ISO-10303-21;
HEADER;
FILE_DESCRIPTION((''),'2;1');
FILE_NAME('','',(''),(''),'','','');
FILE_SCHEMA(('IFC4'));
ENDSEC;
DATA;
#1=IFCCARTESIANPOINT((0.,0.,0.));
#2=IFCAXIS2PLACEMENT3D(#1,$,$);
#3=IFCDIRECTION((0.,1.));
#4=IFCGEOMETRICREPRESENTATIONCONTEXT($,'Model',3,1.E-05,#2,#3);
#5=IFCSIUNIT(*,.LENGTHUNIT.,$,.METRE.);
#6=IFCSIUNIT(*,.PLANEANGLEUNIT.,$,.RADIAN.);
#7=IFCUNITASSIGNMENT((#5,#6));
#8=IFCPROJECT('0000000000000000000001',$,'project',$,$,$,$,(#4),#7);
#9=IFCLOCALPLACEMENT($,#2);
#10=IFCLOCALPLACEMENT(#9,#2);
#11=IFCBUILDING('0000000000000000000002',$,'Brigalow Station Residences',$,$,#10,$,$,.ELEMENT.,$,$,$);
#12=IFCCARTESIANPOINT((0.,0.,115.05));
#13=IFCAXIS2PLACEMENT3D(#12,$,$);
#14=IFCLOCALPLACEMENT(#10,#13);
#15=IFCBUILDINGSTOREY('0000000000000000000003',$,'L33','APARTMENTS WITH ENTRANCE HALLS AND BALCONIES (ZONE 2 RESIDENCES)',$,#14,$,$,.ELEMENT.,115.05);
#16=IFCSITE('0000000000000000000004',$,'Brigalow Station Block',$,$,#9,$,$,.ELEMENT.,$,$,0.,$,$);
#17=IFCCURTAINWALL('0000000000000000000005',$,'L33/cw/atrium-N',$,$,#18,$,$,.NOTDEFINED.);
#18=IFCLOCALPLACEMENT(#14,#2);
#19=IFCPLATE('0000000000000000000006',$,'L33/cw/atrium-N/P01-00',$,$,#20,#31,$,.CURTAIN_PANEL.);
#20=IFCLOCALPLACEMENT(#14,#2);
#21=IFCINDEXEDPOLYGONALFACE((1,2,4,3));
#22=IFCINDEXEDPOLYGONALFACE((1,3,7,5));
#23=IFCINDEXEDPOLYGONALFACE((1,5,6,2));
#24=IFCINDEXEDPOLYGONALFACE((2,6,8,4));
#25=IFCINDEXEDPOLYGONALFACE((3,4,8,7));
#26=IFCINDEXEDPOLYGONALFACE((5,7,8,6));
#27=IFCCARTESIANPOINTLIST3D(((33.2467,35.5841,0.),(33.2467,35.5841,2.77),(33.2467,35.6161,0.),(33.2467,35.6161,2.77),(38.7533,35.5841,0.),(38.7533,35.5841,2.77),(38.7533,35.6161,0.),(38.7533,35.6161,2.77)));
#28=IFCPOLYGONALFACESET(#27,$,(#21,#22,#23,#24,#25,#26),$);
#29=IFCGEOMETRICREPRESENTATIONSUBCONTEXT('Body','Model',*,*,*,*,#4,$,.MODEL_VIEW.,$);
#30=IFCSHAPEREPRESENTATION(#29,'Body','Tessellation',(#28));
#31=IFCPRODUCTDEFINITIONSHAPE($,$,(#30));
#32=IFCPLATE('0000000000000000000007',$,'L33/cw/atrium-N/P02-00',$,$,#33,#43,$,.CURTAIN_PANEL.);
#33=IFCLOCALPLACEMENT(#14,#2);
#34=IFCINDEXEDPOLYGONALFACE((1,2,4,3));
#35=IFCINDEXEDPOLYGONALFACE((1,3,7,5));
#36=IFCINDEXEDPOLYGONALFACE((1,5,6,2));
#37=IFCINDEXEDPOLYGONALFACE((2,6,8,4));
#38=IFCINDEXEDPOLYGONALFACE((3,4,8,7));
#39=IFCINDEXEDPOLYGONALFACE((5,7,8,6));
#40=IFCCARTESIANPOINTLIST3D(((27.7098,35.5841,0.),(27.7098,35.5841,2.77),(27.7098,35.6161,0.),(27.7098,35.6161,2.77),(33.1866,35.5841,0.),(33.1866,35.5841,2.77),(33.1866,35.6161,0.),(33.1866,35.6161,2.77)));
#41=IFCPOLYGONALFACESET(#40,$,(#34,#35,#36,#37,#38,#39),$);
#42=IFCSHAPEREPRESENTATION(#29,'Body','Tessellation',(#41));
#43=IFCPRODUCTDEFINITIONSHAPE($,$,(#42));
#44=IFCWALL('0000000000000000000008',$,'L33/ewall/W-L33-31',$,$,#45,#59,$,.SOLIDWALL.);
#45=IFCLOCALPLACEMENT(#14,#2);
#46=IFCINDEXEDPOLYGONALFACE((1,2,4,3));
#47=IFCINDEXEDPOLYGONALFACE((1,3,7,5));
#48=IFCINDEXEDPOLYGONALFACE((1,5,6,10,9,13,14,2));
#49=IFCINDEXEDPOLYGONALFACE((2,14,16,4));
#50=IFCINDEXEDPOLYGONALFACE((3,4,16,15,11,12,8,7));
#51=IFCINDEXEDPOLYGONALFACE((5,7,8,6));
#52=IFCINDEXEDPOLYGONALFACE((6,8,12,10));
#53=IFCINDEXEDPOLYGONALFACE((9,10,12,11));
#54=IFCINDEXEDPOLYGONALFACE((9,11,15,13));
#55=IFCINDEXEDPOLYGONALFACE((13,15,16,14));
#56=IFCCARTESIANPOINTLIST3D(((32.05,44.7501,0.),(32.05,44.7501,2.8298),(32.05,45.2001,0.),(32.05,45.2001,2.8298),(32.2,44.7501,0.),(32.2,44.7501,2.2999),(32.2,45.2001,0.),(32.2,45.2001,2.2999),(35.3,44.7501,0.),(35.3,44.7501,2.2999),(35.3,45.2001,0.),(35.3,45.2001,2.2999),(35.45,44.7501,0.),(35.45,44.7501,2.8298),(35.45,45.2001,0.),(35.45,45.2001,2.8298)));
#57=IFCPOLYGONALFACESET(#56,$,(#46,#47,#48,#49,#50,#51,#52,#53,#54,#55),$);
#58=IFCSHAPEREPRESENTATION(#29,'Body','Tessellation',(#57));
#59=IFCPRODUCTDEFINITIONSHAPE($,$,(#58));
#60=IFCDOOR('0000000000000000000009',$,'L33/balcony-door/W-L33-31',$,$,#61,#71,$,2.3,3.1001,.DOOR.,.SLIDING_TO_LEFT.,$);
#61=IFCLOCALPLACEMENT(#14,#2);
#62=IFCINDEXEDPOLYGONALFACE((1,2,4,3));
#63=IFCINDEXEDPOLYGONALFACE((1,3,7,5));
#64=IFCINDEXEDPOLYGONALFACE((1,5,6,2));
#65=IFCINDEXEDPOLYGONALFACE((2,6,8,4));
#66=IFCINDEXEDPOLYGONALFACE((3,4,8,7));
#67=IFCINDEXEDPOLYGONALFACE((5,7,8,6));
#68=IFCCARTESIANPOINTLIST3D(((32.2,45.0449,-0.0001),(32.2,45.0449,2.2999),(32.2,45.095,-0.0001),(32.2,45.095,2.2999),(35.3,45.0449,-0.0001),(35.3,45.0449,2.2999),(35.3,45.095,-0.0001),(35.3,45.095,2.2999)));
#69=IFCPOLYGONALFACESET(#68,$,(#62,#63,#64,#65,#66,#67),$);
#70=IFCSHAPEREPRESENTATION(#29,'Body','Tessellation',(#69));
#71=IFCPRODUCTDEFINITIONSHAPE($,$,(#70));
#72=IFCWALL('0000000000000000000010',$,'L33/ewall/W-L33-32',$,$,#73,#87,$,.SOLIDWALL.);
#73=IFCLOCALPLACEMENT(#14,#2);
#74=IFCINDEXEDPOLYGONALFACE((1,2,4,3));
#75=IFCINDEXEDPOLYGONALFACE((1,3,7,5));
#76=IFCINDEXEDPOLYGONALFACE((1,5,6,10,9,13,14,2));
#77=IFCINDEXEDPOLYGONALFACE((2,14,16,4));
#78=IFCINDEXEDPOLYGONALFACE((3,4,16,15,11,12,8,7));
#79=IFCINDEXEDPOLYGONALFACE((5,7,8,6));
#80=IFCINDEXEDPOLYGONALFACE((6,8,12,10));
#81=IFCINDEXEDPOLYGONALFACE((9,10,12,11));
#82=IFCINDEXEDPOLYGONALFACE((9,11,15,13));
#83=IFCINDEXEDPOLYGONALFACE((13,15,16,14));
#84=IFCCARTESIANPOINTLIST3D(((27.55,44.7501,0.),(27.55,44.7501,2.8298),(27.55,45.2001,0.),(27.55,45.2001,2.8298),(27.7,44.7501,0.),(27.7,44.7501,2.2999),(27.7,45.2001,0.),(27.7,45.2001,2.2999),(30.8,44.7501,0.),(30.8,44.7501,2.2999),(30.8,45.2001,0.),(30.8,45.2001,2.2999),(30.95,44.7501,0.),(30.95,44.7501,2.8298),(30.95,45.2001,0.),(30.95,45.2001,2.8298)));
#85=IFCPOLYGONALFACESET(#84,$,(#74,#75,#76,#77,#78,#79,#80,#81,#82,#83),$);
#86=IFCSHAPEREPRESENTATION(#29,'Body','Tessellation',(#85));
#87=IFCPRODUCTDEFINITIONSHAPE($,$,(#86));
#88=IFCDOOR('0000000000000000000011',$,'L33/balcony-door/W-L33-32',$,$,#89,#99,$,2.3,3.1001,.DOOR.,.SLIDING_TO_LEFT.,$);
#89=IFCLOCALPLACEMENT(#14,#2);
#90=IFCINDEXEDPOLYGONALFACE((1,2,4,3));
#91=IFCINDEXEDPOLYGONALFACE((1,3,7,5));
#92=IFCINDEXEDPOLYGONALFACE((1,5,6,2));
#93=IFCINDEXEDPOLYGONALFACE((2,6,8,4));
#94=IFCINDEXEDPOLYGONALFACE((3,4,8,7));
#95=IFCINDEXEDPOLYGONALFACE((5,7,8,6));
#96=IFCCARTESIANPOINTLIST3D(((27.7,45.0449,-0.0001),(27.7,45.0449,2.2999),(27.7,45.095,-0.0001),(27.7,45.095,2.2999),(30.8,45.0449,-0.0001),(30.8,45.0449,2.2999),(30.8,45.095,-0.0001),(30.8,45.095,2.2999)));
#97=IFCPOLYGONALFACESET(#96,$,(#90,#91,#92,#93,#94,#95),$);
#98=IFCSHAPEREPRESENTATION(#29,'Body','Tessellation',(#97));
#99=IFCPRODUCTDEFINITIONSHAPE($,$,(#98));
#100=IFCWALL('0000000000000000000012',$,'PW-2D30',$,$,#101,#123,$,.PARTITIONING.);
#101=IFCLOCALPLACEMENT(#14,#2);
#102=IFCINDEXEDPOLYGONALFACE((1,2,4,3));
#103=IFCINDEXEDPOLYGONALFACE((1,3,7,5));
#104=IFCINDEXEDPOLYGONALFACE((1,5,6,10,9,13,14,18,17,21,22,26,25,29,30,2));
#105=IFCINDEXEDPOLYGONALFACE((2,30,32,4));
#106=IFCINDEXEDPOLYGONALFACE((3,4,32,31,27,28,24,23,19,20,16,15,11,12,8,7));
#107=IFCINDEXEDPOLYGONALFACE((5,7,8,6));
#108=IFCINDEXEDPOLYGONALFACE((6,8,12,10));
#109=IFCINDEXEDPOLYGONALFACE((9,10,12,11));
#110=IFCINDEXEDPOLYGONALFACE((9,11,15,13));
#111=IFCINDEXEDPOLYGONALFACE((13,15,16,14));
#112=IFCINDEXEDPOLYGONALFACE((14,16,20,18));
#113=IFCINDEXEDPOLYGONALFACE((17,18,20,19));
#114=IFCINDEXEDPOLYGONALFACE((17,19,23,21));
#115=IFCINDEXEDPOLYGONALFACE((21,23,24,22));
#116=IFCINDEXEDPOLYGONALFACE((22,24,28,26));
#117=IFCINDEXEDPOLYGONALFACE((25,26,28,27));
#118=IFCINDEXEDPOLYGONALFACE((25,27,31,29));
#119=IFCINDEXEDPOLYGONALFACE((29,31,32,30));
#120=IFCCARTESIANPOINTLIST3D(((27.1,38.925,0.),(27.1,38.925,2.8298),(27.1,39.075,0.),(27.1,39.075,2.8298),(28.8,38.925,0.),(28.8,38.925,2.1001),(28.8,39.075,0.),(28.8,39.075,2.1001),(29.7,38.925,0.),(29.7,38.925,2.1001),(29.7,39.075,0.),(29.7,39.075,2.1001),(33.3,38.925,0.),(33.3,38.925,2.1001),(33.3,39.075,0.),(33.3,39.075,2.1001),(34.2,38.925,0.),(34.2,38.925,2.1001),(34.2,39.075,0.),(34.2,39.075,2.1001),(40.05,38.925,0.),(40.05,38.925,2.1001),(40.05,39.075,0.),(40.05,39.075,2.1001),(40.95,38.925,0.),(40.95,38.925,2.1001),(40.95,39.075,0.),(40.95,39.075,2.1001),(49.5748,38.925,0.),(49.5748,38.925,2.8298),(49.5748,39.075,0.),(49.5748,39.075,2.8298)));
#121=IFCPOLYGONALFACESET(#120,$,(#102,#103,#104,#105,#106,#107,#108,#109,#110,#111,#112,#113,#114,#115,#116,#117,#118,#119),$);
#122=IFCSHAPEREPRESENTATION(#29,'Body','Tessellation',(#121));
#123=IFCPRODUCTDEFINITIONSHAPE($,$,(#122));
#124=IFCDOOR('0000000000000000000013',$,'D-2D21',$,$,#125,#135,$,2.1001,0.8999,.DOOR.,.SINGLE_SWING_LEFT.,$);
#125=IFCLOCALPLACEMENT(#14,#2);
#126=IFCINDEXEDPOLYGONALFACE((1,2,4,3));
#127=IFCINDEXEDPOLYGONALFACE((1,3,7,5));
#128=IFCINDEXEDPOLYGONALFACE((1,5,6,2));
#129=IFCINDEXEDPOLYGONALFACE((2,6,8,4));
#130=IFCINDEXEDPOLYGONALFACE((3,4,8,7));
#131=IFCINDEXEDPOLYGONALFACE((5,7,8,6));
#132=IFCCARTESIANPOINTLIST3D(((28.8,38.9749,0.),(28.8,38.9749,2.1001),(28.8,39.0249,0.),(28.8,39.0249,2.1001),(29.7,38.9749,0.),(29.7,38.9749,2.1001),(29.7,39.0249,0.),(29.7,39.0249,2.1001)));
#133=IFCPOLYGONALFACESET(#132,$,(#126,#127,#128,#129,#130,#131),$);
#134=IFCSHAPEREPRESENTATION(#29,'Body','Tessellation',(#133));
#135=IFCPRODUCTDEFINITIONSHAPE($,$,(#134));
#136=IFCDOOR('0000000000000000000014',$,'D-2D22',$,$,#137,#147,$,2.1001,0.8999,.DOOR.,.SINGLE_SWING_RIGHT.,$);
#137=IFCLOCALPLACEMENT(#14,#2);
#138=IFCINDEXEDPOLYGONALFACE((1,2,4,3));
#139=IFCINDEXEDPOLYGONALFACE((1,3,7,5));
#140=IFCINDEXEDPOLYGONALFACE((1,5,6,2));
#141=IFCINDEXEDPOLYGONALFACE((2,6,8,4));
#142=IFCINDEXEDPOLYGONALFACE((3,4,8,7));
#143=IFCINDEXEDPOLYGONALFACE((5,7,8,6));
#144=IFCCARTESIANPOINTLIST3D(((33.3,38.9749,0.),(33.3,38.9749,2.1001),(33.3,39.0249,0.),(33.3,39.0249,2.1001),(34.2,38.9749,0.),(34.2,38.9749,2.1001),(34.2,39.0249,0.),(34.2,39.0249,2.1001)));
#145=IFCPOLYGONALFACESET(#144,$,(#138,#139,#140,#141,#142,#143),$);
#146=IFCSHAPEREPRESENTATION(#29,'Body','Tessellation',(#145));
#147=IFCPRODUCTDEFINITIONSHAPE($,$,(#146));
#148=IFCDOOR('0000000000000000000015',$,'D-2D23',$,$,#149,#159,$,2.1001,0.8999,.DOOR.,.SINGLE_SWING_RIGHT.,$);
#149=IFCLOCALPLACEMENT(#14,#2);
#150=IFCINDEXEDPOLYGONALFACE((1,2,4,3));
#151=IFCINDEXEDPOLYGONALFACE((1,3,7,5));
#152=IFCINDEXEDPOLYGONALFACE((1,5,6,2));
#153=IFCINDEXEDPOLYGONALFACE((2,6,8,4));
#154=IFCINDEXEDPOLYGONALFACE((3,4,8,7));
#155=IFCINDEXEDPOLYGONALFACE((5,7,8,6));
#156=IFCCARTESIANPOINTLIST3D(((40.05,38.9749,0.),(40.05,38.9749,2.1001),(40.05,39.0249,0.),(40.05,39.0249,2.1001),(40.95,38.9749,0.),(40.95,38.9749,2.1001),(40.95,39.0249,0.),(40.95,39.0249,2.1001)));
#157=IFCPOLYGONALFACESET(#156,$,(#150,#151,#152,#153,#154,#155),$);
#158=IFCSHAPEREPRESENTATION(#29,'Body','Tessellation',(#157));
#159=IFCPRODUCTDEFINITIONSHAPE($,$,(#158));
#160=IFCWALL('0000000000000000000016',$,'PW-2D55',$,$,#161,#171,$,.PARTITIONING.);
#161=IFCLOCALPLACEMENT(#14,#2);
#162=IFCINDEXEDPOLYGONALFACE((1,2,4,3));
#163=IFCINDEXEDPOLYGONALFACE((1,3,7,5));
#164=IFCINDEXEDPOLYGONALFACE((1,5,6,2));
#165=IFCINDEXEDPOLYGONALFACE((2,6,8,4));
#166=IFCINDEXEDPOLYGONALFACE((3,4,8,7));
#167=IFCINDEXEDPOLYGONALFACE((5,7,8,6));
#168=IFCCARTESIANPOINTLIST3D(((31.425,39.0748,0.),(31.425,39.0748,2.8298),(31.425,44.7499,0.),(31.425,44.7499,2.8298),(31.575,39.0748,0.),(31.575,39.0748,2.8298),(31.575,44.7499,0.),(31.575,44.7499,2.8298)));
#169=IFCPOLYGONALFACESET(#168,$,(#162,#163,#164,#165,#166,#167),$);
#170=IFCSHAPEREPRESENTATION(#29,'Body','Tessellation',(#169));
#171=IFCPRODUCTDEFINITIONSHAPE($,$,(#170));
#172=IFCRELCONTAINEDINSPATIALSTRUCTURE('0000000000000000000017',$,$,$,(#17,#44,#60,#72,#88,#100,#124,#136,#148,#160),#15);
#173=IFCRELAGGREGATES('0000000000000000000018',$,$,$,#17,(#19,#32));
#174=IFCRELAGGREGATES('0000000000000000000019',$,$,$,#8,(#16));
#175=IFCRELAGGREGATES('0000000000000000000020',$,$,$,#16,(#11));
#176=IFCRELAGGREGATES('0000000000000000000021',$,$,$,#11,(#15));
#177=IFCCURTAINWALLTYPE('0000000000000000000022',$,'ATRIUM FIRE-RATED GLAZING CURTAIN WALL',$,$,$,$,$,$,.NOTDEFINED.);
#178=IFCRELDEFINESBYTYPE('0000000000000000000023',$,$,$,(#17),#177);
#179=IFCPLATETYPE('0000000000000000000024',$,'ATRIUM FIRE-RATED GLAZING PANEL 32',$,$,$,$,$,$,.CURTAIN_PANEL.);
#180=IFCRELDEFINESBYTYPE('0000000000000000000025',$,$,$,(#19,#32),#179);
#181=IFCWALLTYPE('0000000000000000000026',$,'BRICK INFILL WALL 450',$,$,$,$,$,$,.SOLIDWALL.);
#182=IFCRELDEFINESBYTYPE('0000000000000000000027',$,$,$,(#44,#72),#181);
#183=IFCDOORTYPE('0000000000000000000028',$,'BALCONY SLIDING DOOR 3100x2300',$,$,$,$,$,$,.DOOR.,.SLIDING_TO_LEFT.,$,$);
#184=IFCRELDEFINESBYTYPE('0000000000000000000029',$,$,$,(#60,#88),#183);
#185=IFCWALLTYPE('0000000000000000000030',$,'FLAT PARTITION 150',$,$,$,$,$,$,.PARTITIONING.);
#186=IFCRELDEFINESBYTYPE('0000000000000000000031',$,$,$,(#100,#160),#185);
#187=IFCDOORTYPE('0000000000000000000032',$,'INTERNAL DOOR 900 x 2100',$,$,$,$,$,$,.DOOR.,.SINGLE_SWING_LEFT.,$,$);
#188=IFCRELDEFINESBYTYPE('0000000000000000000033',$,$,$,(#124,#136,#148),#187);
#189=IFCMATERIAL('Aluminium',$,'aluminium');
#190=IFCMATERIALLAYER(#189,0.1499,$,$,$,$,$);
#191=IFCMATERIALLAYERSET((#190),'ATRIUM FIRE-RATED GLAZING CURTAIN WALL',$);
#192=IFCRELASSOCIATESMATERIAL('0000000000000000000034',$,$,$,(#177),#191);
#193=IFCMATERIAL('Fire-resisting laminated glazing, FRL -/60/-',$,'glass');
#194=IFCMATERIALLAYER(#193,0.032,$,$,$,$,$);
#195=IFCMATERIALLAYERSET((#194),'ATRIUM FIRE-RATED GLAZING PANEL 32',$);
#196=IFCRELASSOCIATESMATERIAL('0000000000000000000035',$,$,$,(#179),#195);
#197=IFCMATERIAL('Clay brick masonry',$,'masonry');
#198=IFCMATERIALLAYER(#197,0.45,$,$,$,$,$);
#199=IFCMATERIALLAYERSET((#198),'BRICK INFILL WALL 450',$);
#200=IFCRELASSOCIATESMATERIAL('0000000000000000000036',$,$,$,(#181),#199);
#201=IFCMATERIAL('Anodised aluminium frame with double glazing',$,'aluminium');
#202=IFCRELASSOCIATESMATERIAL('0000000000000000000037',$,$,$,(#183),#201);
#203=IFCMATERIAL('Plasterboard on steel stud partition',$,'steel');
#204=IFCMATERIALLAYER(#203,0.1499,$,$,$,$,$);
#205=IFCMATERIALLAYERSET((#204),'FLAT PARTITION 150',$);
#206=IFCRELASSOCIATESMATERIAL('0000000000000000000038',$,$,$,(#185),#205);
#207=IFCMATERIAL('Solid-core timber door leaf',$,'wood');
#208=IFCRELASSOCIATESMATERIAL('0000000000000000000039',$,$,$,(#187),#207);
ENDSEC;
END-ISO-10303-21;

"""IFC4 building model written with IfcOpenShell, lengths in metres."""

from ifc_helpers import new_model, si_unit, direction, frame, frame_2d, origin, origin_2d, place, context, subcontext, project, spatial, rectangle, extrude, material, layer, layer_set, type_object, element, fill, aggregate, save


model = new_model("IFC4")

# Units and contexts
model_context = context("Model", 3, precision=1e-05, world=origin(), true_north=direction((0.0, 1.0)))
body_context = subcontext(model_context, "Body", "Model", "MODEL_VIEW")
ifc_project = project(units=[si_unit("LENGTHUNIT", "METRE"), si_unit("PLANEANGLEUNIT", "RADIAN")], contexts=[model_context])

# Site, building, storey
site_placement = place(None, origin())
site = spatial("IfcSite", under=ifc_project, at=site_placement, Name="Brigalow Station Block", CompositionType="ELEMENT", RefElevation=0.0)
building_placement = place(site_placement, origin())
building = spatial("IfcBuilding", under=site, at=building_placement, Name="Brigalow Station Residences", CompositionType="ELEMENT")
storey_placement = place(building_placement, frame((0.0, 0.0, 115.05)))
storey = spatial("IfcBuildingStorey", under=building, at=storey_placement, Name="L33", Description="APARTMENTS WITH ENTRANCE HALLS AND BALCONIES (ZONE 2 RESIDENCES)", CompositionType="ELEMENT", Elevation=115.05)

# Shared definitions
ifc_material_1 = material(Name="Aluminium", Category="aluminium")
ifc_layer_1 = layer(ifc_material_1, 0.1499)
ifc_layer_set_1 = layer_set([ifc_layer_1], Name="ATRIUM FIRE-RATED GLAZING CURTAIN WALL")
curtain_wall_type = type_object("IfcCurtainWallType", Name="ATRIUM FIRE-RATED GLAZING CURTAIN WALL", PredefinedType="NOTDEFINED", material=ifc_layer_set_1)

# Curtain wall
curtain_wall_1_placement = place(storey_placement, origin())
curtain_wall_1 = element("IfcCurtainWall", 1, at=curtain_wall_1_placement, inside=storey, type_object=curtain_wall_type, Name="L33/cw/atrium-N", PredefinedType="NOTDEFINED")

# Plates
ifc_material_2 = material(Name="Fire-resisting laminated glazing, FRL -/60/-", Category="glass")
ifc_layer_2 = layer(ifc_material_2, 0.032)
ifc_layer_set_2 = layer_set([ifc_layer_2], Name="ATRIUM FIRE-RATED GLAZING PANEL 32")
plate_type = type_object("IfcPlateType", Name="ATRIUM FIRE-RATED GLAZING PANEL 32", PredefinedType="CURTAIN_PANEL", material=ifc_layer_set_2)
plate_1_placement = place(storey_placement, frame((36.0, 35.6001, 0.0), z_axis=(0.0, 0.0, 1.0), x_axis=(-1.0, 0.0, 0.0)))
plate_1 = element("IfcPlate", 2, at=plate_1_placement, type_object=plate_type, Name="L33/cw/atrium-N/P01-00", PredefinedType="CURTAIN_PANEL", context=body_context, shape_type="SweptSolid", body=[
    extrude(rectangle(XDim=5.5066, YDim=0.032, at=origin_2d()), origin(), (0.0, 0.0, 1.0), 2.77),
])
plate_2_placement = place(storey_placement, frame((30.4482, 35.6001, 0.0), z_axis=(0.0, 0.0, 1.0), x_axis=(-1.0, 0.0, 0.0)))
plate_2 = element("IfcPlate", 3, at=plate_2_placement, type_object=plate_type, Name="L33/cw/atrium-N/P02-00", PredefinedType="CURTAIN_PANEL", context=body_context, shape_type="SweptSolid", body=[
    extrude(rectangle(XDim=5.4768, YDim=0.032, at=origin_2d()), origin(), (0.0, 0.0, 1.0), 2.77),
])
aggregate(curtain_wall_1, [plate_1, plate_2])

# Walls, openings, doors
ifc_material_3 = material(Name="Clay brick masonry", Category="masonry")
ifc_layer_3 = layer(ifc_material_3, 0.45)
ifc_layer_set_3 = layer_set([ifc_layer_3], Name="BRICK INFILL WALL 450")
wall_type_1 = type_object("IfcWallType", Name="BRICK INFILL WALL 450", PredefinedType="SOLIDWALL", material=ifc_layer_set_3)
wall_1_placement = place(storey_placement, frame((35.45, 44.9751, 0.0), z_axis=(0.0, 0.0, 1.0), x_axis=(-1.0, 0.0, 0.0)))
wall_1 = element("IfcWall", 4, at=wall_1_placement, inside=storey, type_object=wall_type_1, Name="L33/ewall/W-L33-31", PredefinedType="SOLIDWALL", context=body_context, shape_type="SweptSolid", body=[
    extrude(rectangle(XDim=3.3999, YDim=0.45, at=frame_2d((1.7, 0.0))), origin(), (0.0, 0.0, 1.0), 2.8298),
])
opening_1_placement = place(wall_1_placement, frame((0.1499, 0.0, 0.0)))
opening_1 = element("IfcOpeningElement", 5, at=opening_1_placement, cuts=wall_1, PredefinedType="OPENING", context=body_context, shape_type="SweptSolid", body=[
    extrude(rectangle(XDim=3.1001, YDim=2.3, at=frame_2d((1.55, 1.1499))), frame((0.0, 0.2349, 0.0), z_axis=(0.0, -1.0, 0.0), x_axis=(1.0, 0.0, 0.0)), (0.0, 0.0, 1.0), 0.47),
])
ifc_material_4 = material(Name="Anodised aluminium frame with double glazing", Category="aluminium")
door_type_1 = type_object("IfcDoorType", Name="BALCONY SLIDING DOOR 3100x2300", OperationType="SLIDING_TO_LEFT", PredefinedType="DOOR", material=ifc_material_4)
door_1_placement = place(opening_1_placement, origin())
door_1 = element("IfcDoor", 6, at=door_1_placement, inside=storey, type_object=door_type_1, Name="L33/balcony-door/W-L33-31", OperationType="SLIDING_TO_LEFT", OverallHeight=2.3, OverallWidth=3.1001, PredefinedType="DOOR", context=body_context, shape_type="SweptSolid", body=[
    extrude(rectangle(XDim=3.1001, YDim=2.3, at=frame_2d((1.55, 1.1499))), frame((0.0, -0.0698, 0.0), z_axis=(0.0, -1.0, 0.0), x_axis=(1.0, 0.0, 0.0)), (0.0, 0.0, 1.0), 0.05),
])
fill(opening_1, door_1)
wall_2_placement = place(storey_placement, frame((30.95, 44.9751, 0.0), z_axis=(0.0, 0.0, 1.0), x_axis=(-1.0, 0.0, 0.0)))
wall_2 = element("IfcWall", 7, at=wall_2_placement, inside=storey, type_object=wall_type_1, Name="L33/ewall/W-L33-32", PredefinedType="SOLIDWALL", context=body_context, shape_type="SweptSolid", body=[
    extrude(rectangle(XDim=3.3999, YDim=0.45, at=frame_2d((1.7, 0.0))), origin(), (0.0, 0.0, 1.0), 2.8298),
])
opening_2_placement = place(wall_2_placement, frame((0.1499, 0.0, 0.0)))
opening_2 = element("IfcOpeningElement", 8, at=opening_2_placement, cuts=wall_2, PredefinedType="OPENING", context=body_context, shape_type="SweptSolid", body=[
    extrude(rectangle(XDim=3.1001, YDim=2.3, at=frame_2d((1.55, 1.1499))), frame((0.0, 0.2349, 0.0), z_axis=(0.0, -1.0, 0.0), x_axis=(1.0, 0.0, 0.0)), (0.0, 0.0, 1.0), 0.47),
])
door_2_placement = place(opening_2_placement, origin())
door_2 = element("IfcDoor", 9, at=door_2_placement, inside=storey, type_object=door_type_1, Name="L33/balcony-door/W-L33-32", OperationType="SLIDING_TO_LEFT", OverallHeight=2.3, OverallWidth=3.1001, PredefinedType="DOOR", context=body_context, shape_type="SweptSolid", body=[
    extrude(rectangle(XDim=3.1001, YDim=2.3, at=frame_2d((1.55, 1.1499))), frame((0.0, -0.0698, 0.0), z_axis=(0.0, -1.0, 0.0), x_axis=(1.0, 0.0, 0.0)), (0.0, 0.0, 1.0), 0.05),
])
fill(opening_2, door_2)

# Wall, openings, doors
ifc_material_5 = material(Name="Plasterboard on steel stud partition", Category="steel")
ifc_layer_4 = layer(ifc_material_5, 0.1499)
ifc_layer_set_4 = layer_set([ifc_layer_4], Name="FLAT PARTITION 150")
wall_type_2 = type_object("IfcWallType", Name="FLAT PARTITION 150", PredefinedType="PARTITIONING", material=ifc_layer_set_4)
wall_3_placement = place(storey_placement, frame((27.1001, 39.0, 0.0), z_axis=(0.0, 0.0, 1.0), x_axis=(1.0, 0.0, 0.0)))
wall_3 = element("IfcWall", 10, at=wall_3_placement, inside=storey, type_object=wall_type_2, Name="PW-2D30", PredefinedType="PARTITIONING", context=body_context, shape_type="SweptSolid", body=[
    extrude(rectangle(XDim=22.4749, YDim=0.1499, at=frame_2d((11.2373, 0.0))), origin(), (0.0, 0.0, 1.0), 2.8298),
])
opening_3_placement = place(wall_3_placement, frame((1.7, 0.0, 0.0)))
opening_3 = element("IfcOpeningElement", 11, at=opening_3_placement, cuts=wall_3, PredefinedType="OPENING", context=body_context, shape_type="SweptSolid", body=[
    extrude(rectangle(XDim=0.8999, YDim=2.1001, at=frame_2d((0.45, 1.05))), frame((0.0, 0.085, 0.0), z_axis=(0.0, -1.0, 0.0), x_axis=(1.0, 0.0, 0.0)), (0.0, 0.0, 1.0), 0.1699),
])
opening_4_placement = place(wall_3_placement, frame((6.2, 0.0, 0.0)))
opening_4 = element("IfcOpeningElement", 12, at=opening_4_placement, cuts=wall_3, PredefinedType="OPENING", context=body_context, shape_type="SweptSolid", body=[
    extrude(rectangle(XDim=0.8999, YDim=2.1001, at=frame_2d((0.45, 1.05))), frame((0.0, 0.085, 0.0), z_axis=(0.0, -1.0, 0.0), x_axis=(1.0, 0.0, 0.0)), (0.0, 0.0, 1.0), 0.1699),
])
opening_5_placement = place(wall_3_placement, frame((12.95, 0.0, 0.0)))
opening_5 = element("IfcOpeningElement", 13, at=opening_5_placement, cuts=wall_3, PredefinedType="OPENING", context=body_context, shape_type="SweptSolid", body=[
    extrude(rectangle(XDim=0.8999, YDim=2.1001, at=frame_2d((0.45, 1.05))), frame((0.0, 0.085, 0.0), z_axis=(0.0, -1.0, 0.0), x_axis=(1.0, 0.0, 0.0)), (0.0, 0.0, 1.0), 0.1699),
])
ifc_material_6 = material(Name="Solid-core timber door leaf", Category="wood")
door_type_2 = type_object("IfcDoorType", Name="INTERNAL DOOR 900 x 2100", OperationType="SINGLE_SWING_LEFT", PredefinedType="DOOR", material=ifc_material_6)
door_3_placement = place(opening_3_placement, origin())
door_3 = element("IfcDoor", 14, at=door_3_placement, inside=storey, type_object=door_type_2, Name="D-2D21", OperationType="SINGLE_SWING_LEFT", OverallHeight=2.1001, OverallWidth=0.8999, PredefinedType="DOOR", context=body_context, shape_type="SweptSolid", body=[
    extrude(rectangle(XDim=0.8999, YDim=2.1001, at=frame_2d((0.45, 1.05))), frame((0.0, 0.0249, 0.0), z_axis=(0.0, -1.0, 0.0), x_axis=(1.0, 0.0, 0.0)), (0.0, 0.0, 1.0), 0.05),
])
fill(opening_3, door_3)
door_4_placement = place(opening_4_placement, origin())
door_4 = element("IfcDoor", 15, at=door_4_placement, inside=storey, type_object=door_type_2, Name="D-2D22", OperationType="SINGLE_SWING_RIGHT", OverallHeight=2.1001, OverallWidth=0.8999, PredefinedType="DOOR", context=body_context, shape_type="SweptSolid", body=[
    extrude(rectangle(XDim=0.8999, YDim=2.1001, at=frame_2d((0.45, 1.05))), frame((0.0, 0.0249, 0.0), z_axis=(0.0, -1.0, 0.0), x_axis=(1.0, 0.0, 0.0)), (0.0, 0.0, 1.0), 0.05),
])
fill(opening_4, door_4)
door_5_placement = place(opening_5_placement, origin())
door_5 = element("IfcDoor", 16, at=door_5_placement, inside=storey, type_object=door_type_2, Name="D-2D23", OperationType="SINGLE_SWING_RIGHT", OverallHeight=2.1001, OverallWidth=0.8999, PredefinedType="DOOR", context=body_context, shape_type="SweptSolid", body=[
    extrude(rectangle(XDim=0.8999, YDim=2.1001, at=frame_2d((0.45, 1.05))), frame((0.0, 0.0249, 0.0), z_axis=(0.0, -1.0, 0.0), x_axis=(1.0, 0.0, 0.0)), (0.0, 0.0, 1.0), 0.05),
])
fill(opening_5, door_5)

# Wall
for number, where, z_axis, x_axis, name in (
    (17, (31.5, 39.075, 0.0), (0.0, 0.0, 1.0), (0.0, 1.0, 0.0), "PW-2D55"),
):
    element("IfcWall", number, at=place(storey_placement, frame(where, z_axis=z_axis, x_axis=x_axis)), inside=storey, type_object=wall_type_2, Name=name, PredefinedType="PARTITIONING", context=body_context, shape_type="SweptSolid", body=[
        extrude(rectangle(XDim=5.675, YDim=0.1499, at=frame_2d((2.8374, 0.0))), origin(), (0.0, 0.0, 1.0), 2.8298),
    ])

save(model, "model.ifc")
